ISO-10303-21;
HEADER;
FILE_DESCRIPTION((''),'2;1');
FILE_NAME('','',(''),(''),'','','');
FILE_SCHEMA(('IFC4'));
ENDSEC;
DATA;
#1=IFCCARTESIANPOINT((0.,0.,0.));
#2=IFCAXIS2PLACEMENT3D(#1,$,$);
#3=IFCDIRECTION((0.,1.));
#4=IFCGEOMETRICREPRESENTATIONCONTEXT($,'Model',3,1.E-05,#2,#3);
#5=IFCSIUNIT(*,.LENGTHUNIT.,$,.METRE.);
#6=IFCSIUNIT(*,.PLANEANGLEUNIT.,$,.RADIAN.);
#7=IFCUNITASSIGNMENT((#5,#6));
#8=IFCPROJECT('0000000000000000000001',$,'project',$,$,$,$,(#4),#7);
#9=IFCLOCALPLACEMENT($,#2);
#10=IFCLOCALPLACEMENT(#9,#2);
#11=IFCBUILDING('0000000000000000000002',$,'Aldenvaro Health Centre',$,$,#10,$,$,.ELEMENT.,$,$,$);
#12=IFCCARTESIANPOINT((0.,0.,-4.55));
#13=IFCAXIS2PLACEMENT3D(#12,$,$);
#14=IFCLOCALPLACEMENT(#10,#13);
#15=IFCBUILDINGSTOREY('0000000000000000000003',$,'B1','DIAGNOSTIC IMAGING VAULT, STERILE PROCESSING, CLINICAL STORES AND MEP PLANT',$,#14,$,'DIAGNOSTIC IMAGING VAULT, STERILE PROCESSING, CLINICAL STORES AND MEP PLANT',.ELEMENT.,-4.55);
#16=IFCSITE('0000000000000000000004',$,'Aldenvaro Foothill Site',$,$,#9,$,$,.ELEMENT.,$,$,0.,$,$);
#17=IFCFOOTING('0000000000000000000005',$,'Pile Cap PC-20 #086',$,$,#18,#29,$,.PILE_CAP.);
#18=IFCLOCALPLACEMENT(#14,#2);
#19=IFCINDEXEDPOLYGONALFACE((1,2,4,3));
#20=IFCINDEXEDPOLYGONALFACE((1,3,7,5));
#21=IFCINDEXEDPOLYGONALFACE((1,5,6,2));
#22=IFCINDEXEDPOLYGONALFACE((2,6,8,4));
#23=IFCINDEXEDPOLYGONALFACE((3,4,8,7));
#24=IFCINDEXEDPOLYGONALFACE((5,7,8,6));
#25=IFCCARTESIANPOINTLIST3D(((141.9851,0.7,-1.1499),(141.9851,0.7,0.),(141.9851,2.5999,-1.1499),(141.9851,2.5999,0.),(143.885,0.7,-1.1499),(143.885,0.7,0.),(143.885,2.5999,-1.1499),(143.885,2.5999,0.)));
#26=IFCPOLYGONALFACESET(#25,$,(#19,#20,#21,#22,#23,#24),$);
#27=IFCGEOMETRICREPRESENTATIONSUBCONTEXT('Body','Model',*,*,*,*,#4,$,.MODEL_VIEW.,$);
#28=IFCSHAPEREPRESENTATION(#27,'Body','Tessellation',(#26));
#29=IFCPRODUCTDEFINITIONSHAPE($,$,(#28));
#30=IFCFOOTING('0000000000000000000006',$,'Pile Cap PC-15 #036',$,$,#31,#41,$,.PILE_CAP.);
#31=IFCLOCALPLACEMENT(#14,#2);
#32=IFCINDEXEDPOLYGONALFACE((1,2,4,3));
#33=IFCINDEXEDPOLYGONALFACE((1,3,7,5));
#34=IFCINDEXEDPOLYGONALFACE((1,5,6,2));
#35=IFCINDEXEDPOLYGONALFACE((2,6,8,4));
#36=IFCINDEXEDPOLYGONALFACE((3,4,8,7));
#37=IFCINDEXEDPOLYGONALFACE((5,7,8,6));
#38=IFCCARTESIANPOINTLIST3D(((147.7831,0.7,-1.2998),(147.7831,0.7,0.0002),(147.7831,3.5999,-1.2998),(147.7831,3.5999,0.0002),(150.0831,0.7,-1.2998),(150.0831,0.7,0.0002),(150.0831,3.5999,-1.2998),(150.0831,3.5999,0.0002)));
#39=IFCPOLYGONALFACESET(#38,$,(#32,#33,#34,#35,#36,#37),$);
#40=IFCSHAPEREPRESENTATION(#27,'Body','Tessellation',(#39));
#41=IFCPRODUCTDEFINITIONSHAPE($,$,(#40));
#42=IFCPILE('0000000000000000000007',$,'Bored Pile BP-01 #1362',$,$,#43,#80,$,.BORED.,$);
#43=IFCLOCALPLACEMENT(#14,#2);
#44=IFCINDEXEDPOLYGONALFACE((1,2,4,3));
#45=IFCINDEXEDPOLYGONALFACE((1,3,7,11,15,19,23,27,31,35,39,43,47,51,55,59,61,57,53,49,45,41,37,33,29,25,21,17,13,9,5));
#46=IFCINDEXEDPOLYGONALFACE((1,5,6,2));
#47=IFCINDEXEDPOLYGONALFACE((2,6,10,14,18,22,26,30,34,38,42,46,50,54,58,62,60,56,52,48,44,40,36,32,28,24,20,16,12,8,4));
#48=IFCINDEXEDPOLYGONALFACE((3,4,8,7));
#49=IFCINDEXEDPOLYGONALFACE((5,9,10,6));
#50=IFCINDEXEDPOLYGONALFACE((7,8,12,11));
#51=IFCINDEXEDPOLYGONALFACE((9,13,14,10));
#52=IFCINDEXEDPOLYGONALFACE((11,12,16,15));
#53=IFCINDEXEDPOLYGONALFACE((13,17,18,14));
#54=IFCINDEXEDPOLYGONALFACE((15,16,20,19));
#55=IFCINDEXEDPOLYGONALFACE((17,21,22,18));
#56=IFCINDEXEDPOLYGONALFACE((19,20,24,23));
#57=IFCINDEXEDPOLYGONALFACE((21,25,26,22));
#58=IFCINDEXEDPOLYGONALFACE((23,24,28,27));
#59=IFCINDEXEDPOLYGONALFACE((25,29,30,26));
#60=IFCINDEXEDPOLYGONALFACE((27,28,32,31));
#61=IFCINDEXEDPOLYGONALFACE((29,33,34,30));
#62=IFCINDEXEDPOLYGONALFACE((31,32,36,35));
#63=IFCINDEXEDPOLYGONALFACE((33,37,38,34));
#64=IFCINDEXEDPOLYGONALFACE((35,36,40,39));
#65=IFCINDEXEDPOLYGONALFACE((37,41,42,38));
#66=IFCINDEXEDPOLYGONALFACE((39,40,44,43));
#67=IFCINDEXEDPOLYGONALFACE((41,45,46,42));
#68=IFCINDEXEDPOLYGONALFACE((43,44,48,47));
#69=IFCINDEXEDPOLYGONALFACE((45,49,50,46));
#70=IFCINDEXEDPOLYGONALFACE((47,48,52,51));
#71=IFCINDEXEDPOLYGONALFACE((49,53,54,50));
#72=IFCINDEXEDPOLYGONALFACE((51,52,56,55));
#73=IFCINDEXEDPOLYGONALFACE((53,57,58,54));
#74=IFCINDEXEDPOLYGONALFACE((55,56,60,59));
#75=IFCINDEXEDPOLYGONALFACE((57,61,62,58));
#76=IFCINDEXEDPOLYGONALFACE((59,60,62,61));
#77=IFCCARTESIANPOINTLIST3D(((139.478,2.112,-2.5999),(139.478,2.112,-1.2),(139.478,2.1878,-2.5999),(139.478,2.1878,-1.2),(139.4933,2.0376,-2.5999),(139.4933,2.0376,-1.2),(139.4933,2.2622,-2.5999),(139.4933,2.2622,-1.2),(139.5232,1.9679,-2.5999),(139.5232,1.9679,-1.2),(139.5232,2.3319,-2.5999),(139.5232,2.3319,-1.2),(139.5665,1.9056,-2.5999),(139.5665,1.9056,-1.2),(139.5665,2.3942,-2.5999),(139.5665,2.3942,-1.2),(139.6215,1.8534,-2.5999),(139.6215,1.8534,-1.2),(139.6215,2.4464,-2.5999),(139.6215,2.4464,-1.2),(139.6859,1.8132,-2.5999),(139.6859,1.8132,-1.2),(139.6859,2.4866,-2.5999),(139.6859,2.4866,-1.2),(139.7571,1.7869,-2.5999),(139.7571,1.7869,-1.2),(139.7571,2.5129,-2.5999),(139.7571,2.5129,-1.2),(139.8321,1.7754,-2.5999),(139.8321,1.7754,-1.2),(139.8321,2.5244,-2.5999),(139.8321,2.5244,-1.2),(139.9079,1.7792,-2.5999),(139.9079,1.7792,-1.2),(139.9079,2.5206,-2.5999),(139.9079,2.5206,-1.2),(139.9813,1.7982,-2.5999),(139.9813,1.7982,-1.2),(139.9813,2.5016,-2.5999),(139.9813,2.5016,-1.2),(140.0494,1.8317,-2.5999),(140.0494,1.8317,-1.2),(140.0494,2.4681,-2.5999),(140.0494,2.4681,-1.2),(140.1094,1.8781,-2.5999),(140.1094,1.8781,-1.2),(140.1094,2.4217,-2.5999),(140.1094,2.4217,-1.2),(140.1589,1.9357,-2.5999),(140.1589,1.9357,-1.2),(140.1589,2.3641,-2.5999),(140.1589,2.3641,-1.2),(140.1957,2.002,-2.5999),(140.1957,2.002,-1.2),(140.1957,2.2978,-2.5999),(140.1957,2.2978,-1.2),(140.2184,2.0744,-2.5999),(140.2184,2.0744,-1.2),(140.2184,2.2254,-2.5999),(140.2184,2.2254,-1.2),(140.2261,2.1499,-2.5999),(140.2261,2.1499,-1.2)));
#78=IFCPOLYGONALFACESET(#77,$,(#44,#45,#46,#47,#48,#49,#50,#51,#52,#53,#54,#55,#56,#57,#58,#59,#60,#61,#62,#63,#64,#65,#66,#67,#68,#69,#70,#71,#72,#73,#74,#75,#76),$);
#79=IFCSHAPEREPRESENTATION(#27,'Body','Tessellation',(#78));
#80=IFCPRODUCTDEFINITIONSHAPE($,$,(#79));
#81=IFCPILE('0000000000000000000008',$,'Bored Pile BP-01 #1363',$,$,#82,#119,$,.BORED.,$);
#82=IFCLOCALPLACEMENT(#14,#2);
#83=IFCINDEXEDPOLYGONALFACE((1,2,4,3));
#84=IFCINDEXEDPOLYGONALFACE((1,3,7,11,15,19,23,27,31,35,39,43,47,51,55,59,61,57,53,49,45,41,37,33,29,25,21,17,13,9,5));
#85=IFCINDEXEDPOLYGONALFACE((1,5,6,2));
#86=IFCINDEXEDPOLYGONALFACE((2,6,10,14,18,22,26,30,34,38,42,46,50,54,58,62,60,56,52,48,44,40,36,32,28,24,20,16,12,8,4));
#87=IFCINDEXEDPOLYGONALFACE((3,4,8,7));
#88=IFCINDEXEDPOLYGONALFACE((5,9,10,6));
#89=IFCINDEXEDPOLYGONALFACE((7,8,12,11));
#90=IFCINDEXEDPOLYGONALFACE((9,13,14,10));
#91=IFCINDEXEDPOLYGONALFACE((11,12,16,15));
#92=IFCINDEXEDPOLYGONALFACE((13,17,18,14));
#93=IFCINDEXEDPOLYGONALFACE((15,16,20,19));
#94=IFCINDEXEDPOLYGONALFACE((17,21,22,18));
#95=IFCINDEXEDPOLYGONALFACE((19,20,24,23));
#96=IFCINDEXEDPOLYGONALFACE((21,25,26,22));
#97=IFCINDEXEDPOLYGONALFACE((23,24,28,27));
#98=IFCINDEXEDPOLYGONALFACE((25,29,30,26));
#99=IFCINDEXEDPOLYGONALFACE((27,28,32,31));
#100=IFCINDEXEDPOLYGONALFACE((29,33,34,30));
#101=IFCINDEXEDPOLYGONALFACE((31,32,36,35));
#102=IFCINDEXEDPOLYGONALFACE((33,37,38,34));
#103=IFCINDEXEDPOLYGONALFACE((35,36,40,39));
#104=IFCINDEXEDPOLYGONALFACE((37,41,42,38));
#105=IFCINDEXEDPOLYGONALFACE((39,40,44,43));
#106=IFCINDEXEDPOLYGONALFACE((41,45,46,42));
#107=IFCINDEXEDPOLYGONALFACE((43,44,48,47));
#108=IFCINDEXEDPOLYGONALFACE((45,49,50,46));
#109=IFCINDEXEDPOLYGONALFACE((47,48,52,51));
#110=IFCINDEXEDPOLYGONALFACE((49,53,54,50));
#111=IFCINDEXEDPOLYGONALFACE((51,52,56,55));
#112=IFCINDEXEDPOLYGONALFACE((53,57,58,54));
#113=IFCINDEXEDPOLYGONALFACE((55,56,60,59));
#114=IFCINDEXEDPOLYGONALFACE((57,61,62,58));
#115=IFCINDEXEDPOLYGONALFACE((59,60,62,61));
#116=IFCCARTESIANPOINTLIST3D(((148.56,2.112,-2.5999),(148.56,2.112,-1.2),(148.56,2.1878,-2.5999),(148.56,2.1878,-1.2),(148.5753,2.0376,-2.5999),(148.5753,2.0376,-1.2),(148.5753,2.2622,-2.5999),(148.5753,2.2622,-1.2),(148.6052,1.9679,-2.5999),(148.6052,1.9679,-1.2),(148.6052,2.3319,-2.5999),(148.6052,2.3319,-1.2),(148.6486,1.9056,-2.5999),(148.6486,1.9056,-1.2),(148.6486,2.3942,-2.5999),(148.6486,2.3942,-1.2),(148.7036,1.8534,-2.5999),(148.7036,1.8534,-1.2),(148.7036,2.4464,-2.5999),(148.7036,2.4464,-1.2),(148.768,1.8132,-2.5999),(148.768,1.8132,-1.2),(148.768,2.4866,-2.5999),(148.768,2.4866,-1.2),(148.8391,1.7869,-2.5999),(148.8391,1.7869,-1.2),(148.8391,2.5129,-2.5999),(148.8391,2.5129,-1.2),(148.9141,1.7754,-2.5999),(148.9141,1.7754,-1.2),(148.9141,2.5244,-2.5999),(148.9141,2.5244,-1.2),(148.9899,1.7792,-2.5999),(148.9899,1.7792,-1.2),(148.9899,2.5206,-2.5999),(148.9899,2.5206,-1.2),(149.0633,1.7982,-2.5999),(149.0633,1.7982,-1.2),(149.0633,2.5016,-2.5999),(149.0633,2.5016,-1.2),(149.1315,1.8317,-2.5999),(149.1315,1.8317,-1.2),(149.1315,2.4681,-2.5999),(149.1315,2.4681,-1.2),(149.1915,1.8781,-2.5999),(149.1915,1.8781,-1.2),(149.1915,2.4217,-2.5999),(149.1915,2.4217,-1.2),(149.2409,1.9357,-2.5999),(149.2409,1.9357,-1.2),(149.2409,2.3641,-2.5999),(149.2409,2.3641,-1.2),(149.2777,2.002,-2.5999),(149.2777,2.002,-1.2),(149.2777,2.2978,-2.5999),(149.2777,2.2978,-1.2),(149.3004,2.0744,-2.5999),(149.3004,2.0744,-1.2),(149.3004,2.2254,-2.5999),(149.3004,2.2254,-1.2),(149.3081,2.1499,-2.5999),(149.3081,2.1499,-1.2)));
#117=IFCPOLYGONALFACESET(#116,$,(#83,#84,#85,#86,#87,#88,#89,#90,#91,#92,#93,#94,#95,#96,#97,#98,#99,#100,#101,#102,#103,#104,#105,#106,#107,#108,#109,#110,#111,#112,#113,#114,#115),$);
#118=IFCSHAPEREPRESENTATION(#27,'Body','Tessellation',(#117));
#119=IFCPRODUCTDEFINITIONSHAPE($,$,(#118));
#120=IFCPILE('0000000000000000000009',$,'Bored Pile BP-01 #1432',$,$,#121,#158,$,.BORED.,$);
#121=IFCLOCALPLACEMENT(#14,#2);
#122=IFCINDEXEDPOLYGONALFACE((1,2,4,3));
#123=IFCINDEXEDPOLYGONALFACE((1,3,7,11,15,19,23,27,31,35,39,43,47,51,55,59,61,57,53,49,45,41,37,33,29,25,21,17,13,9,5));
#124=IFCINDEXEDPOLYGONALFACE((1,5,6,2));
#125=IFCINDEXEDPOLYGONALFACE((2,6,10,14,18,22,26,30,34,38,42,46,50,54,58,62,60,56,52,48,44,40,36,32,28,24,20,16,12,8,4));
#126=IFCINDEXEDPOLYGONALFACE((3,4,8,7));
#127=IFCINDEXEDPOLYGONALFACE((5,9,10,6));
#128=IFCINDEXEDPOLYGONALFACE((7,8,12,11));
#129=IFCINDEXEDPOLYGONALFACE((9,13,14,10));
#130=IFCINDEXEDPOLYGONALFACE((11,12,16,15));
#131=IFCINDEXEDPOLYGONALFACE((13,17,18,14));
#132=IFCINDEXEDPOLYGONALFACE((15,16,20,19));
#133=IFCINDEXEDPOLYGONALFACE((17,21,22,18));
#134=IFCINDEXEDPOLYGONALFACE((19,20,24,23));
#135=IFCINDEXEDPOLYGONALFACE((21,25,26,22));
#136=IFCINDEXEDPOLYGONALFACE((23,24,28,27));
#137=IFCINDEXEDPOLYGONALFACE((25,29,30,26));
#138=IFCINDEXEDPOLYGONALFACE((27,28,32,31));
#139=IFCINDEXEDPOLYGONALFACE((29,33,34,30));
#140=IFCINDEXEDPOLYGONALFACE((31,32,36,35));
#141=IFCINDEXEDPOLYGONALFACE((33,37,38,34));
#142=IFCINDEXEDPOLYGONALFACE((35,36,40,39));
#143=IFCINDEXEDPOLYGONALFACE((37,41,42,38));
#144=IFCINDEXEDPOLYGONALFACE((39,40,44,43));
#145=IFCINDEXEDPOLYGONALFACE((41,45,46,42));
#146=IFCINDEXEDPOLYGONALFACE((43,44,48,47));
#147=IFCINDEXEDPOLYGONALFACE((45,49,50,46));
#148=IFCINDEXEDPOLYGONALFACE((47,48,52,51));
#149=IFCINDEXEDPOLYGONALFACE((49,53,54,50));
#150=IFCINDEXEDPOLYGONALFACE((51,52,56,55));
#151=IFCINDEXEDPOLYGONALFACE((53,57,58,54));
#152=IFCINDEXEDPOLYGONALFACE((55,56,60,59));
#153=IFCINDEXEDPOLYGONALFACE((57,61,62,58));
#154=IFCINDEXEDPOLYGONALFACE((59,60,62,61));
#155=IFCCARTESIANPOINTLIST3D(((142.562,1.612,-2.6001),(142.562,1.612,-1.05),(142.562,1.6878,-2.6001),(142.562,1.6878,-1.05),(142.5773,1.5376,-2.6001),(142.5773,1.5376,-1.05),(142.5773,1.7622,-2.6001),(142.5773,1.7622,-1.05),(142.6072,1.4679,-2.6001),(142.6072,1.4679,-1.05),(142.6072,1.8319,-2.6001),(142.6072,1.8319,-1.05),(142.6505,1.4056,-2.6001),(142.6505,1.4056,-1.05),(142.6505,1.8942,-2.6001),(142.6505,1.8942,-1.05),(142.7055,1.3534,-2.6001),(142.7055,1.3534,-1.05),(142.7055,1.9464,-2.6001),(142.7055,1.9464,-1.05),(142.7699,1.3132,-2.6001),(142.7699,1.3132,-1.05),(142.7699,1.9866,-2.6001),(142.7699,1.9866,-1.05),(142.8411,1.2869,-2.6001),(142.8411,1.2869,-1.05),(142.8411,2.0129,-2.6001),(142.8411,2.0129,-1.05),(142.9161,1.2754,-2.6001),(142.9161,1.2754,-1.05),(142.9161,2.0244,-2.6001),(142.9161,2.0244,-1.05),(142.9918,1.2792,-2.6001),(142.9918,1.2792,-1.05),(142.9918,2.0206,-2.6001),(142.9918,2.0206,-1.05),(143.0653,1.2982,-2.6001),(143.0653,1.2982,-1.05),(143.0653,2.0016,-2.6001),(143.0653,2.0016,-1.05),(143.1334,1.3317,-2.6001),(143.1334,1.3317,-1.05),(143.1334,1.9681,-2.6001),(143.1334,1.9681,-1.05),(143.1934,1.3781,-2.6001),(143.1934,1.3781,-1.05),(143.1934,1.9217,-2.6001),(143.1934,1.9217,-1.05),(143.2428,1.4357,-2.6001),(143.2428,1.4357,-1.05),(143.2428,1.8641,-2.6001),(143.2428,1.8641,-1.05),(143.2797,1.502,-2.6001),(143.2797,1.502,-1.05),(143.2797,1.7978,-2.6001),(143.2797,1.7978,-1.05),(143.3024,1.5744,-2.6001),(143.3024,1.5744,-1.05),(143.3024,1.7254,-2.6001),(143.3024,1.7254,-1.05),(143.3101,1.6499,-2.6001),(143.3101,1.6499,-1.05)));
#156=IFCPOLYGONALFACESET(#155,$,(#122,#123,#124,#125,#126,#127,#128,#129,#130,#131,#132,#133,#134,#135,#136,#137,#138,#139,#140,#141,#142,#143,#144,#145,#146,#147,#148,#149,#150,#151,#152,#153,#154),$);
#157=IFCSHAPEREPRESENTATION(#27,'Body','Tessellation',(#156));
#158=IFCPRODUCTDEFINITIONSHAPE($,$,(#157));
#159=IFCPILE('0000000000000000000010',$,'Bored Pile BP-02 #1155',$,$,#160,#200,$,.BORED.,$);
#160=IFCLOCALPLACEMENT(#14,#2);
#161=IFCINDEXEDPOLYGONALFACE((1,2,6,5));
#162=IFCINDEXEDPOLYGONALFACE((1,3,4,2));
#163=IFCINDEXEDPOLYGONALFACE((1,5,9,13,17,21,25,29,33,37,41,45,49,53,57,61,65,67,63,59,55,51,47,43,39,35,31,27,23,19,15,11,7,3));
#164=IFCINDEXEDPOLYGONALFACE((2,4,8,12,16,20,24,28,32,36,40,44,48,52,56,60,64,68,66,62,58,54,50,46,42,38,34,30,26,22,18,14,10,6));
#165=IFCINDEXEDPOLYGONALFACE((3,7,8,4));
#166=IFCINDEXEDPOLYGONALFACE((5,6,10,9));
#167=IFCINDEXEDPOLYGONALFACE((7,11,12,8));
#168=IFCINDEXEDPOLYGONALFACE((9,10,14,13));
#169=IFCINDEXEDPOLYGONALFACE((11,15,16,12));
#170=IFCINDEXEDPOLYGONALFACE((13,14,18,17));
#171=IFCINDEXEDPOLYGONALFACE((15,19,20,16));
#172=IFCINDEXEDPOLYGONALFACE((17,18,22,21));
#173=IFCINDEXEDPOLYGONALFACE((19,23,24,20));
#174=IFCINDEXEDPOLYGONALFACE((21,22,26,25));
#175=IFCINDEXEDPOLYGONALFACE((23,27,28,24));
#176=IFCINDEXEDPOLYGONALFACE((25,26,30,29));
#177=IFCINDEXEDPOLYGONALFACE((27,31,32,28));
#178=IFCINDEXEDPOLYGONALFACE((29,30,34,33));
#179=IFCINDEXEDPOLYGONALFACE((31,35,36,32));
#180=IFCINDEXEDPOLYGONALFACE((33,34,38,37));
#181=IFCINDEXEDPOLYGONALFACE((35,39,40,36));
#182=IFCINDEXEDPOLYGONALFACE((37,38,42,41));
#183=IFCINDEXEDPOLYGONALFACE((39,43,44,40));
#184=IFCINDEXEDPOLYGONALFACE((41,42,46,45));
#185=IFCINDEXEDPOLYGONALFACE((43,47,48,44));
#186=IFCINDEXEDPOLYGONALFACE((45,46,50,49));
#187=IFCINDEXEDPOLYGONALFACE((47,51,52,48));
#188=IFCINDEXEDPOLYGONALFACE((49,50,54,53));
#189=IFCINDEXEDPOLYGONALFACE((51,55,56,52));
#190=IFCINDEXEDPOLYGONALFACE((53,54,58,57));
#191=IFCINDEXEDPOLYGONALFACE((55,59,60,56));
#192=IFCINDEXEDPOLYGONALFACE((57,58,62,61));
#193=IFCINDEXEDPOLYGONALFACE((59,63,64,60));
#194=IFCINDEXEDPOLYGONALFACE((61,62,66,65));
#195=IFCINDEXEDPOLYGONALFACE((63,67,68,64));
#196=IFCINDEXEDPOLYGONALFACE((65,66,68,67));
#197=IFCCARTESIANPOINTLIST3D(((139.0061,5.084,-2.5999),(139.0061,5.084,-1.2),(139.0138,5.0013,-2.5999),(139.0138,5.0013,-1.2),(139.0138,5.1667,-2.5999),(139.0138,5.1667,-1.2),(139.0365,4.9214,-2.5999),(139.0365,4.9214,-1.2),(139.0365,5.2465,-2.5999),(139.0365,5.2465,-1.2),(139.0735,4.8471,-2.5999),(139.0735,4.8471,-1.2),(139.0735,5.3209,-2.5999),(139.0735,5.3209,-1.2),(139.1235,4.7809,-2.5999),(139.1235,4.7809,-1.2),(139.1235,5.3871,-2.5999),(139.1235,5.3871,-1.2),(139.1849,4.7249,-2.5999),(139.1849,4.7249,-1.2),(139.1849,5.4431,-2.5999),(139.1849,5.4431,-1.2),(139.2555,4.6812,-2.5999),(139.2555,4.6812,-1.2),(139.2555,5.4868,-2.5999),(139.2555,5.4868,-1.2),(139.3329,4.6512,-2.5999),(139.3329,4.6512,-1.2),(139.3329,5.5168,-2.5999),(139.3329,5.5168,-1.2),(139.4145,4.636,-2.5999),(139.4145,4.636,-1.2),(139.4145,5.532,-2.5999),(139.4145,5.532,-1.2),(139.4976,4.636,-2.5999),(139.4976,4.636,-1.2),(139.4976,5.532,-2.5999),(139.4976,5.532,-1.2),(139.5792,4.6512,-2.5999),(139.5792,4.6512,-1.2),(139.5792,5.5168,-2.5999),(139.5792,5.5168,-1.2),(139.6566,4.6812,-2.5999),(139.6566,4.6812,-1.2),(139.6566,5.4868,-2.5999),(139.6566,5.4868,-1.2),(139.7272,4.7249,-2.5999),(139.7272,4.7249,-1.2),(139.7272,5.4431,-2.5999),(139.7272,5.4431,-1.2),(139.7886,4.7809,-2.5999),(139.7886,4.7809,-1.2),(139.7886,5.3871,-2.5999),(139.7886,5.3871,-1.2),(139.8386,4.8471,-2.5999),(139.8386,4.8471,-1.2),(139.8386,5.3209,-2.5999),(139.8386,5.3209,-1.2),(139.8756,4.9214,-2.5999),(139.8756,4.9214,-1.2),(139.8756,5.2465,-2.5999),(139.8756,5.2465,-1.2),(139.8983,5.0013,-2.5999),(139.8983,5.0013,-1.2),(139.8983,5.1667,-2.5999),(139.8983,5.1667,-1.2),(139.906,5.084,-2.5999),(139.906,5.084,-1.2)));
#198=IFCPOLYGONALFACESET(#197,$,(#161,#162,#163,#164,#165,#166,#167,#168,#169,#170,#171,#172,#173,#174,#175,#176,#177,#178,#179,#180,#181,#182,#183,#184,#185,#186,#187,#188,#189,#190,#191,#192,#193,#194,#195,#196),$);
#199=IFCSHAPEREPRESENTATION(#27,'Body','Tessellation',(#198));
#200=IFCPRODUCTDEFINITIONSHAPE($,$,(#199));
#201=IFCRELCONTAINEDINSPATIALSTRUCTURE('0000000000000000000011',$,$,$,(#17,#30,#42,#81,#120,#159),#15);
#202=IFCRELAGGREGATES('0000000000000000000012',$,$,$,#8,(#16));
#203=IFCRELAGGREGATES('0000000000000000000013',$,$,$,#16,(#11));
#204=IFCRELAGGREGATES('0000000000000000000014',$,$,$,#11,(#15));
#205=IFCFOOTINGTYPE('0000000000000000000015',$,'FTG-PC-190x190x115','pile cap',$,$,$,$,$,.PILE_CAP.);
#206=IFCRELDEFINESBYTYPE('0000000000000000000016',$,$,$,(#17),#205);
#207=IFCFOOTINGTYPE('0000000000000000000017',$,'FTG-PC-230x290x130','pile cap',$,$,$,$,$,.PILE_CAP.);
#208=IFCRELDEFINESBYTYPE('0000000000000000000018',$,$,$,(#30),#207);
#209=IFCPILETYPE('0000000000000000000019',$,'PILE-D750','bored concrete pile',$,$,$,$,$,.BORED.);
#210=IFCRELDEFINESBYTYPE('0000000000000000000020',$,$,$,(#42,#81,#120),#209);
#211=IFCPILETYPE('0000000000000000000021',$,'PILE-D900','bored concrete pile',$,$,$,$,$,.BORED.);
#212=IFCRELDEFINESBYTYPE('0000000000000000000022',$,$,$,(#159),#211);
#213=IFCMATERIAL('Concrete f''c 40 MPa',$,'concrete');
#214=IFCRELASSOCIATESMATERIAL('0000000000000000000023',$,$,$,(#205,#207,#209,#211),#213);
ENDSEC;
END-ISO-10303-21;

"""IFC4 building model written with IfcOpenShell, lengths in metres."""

from ifc_helpers import new_model, si_unit, direction, frame, origin, origin_2d, place, context, subcontext, project, spatial, rectangle, circle, extrude, material, material_profile, profile_set, type_object, element, save


model = new_model("IFC4")

# Units and contexts
model_context = context("Model", 3, precision=1e-05, world=origin(), true_north=direction((0.0, 1.0)))
body_context = subcontext(model_context, "Body", "Model", "MODEL_VIEW")
ifc_project = project(units=[si_unit("LENGTHUNIT", "METRE"), si_unit("PLANEANGLEUNIT", "RADIAN")], contexts=[model_context])

# Site, building, storey
site_placement = place(None, origin())
site = spatial("IfcSite", under=ifc_project, at=site_placement, Name="Aldenvaro Foothill Site", CompositionType="ELEMENT", RefElevation=0.0)
building_placement = place(site_placement, origin())
building = spatial("IfcBuilding", under=site, at=building_placement, Name="Aldenvaro Health Centre", CompositionType="ELEMENT")
storey_placement = place(building_placement, frame((0.0, 0.0, -4.55)))
storey = spatial("IfcBuildingStorey", under=building, at=storey_placement, Name="B1", Description="DIAGNOSTIC IMAGING VAULT, STERILE PROCESSING, CLINICAL STORES AND MEP PLANT", LongName="DIAGNOSTIC IMAGING VAULT, STERILE PROCESSING, CLINICAL STORES AND MEP PLANT", CompositionType="ELEMENT", Elevation=-4.55)

# Footings
ifc_material_1 = material(Name="Concrete f'c 40 MPa", Category="concrete")
footing_type_1 = type_object("IfcFootingType", Name="FTG-PC-190x190x115", Description="pile cap", PredefinedType="PILE_CAP", material=ifc_material_1)
footing_1_placement = place(storey_placement, frame((142.9351, 1.6499, -1.1499), z_axis=(0.0, 0.0, 1.0), x_axis=(1.0, 0.0, 0.0)))
element("IfcFooting", 1, at=footing_1_placement, inside=storey, type_object=footing_type_1, Name="Pile Cap PC-20 #086", PredefinedType="PILE_CAP", context=body_context, shape_type="SweptSolid", body=[
    extrude(rectangle(XDim=1.8999, YDim=1.8999, at=origin_2d()), origin(), (0.0, 0.0, 1.0), 1.1499),
])
footing_type_2 = type_object("IfcFootingType", Name="FTG-PC-230x290x130", Description="pile cap", PredefinedType="PILE_CAP", material=ifc_material_1)
footing_2_placement = place(storey_placement, frame((148.9331, 2.1499, -1.2998), z_axis=(0.0, 0.0, 1.0), x_axis=(1.0, 0.0, 0.0)))
element("IfcFooting", 2, at=footing_2_placement, inside=storey, type_object=footing_type_2, Name="Pile Cap PC-15 #036", PredefinedType="PILE_CAP", context=body_context, shape_type="SweptSolid", body=[
    extrude(rectangle(XDim=2.3, YDim=2.8999, at=origin_2d()), origin(), (0.0, 0.0, 1.0), 1.3),
])

# Piles
ifc_material_profile_1 = material_profile(ifc_material_1, circle(Radius=0.375, at=origin_2d()), Name="PILE D750", Category="concrete")
ifc_profile_set_1 = profile_set([ifc_material_profile_1], Name="Concrete f'c 40 MPa")
pile_type_1 = type_object("IfcPileType", Name="PILE-D750", Description="bored concrete pile", PredefinedType="BORED", material=ifc_profile_set_1)
for number, where, z_axis, x_axis, name in (
    (3, (139.8511, 2.1499, -1.2), (0.0, 0.0, -1.0), (1.0, 0.0, 0.0), "Bored Pile BP-01 #1362"),
    (4, (148.9331, 2.1499, -1.2), (0.0, 0.0, -1.0), (1.0, 0.0, 0.0), "Bored Pile BP-01 #1363"),
):
    element("IfcPile", number, at=place(storey_placement, frame(where, z_axis=z_axis, x_axis=x_axis)), inside=storey, type_object=pile_type_1, Name=name, PredefinedType="BORED", context=body_context, shape_type="SweptSolid", body=[
        extrude(circle(Radius=0.375, at=origin_2d()), origin(), (0.0, 0.0, 1.0), 1.3999),
    ])
pile_placement = place(storey_placement, frame((142.9351, 1.6499, -1.05), z_axis=(0.0, 0.0, -1.0), x_axis=(1.0, 0.0, 0.0)))
element("IfcPile", 5, at=pile_placement, inside=storey, type_object=pile_type_1, Name="Bored Pile BP-01 #1432", PredefinedType="BORED", context=body_context, shape_type="SweptSolid", body=[
    extrude(circle(Radius=0.375, at=origin_2d()), origin(), (0.0, 0.0, 1.0), 1.55),
])
ifc_material_profile_2 = material_profile(ifc_material_1, circle(Radius=0.45, at=origin_2d()), Name="PILE D900", Category="concrete")
ifc_profile_set_2 = profile_set([ifc_material_profile_2], Name="Concrete f'c 40 MPa")
pile_type_2 = type_object("IfcPileType", Name="PILE-D900", Description="bored concrete pile", PredefinedType="BORED", material=ifc_profile_set_2)
for number, where, z_axis, x_axis, name in (
    (6, (139.4561, 5.084, -1.2), (0.0, 0.0, -1.0), (1.0, 0.0, 0.0), "Bored Pile BP-02 #1155"),
):
    element("IfcPile", number, at=place(storey_placement, frame(where, z_axis=z_axis, x_axis=x_axis)), inside=storey, type_object=pile_type_2, Name=name, PredefinedType="BORED", context=body_context, shape_type="SweptSolid", body=[
        extrude(circle(Radius=0.45, at=origin_2d()), origin(), (0.0, 0.0, 1.0), 1.3999),
    ])

save(model, "model.ifc")
